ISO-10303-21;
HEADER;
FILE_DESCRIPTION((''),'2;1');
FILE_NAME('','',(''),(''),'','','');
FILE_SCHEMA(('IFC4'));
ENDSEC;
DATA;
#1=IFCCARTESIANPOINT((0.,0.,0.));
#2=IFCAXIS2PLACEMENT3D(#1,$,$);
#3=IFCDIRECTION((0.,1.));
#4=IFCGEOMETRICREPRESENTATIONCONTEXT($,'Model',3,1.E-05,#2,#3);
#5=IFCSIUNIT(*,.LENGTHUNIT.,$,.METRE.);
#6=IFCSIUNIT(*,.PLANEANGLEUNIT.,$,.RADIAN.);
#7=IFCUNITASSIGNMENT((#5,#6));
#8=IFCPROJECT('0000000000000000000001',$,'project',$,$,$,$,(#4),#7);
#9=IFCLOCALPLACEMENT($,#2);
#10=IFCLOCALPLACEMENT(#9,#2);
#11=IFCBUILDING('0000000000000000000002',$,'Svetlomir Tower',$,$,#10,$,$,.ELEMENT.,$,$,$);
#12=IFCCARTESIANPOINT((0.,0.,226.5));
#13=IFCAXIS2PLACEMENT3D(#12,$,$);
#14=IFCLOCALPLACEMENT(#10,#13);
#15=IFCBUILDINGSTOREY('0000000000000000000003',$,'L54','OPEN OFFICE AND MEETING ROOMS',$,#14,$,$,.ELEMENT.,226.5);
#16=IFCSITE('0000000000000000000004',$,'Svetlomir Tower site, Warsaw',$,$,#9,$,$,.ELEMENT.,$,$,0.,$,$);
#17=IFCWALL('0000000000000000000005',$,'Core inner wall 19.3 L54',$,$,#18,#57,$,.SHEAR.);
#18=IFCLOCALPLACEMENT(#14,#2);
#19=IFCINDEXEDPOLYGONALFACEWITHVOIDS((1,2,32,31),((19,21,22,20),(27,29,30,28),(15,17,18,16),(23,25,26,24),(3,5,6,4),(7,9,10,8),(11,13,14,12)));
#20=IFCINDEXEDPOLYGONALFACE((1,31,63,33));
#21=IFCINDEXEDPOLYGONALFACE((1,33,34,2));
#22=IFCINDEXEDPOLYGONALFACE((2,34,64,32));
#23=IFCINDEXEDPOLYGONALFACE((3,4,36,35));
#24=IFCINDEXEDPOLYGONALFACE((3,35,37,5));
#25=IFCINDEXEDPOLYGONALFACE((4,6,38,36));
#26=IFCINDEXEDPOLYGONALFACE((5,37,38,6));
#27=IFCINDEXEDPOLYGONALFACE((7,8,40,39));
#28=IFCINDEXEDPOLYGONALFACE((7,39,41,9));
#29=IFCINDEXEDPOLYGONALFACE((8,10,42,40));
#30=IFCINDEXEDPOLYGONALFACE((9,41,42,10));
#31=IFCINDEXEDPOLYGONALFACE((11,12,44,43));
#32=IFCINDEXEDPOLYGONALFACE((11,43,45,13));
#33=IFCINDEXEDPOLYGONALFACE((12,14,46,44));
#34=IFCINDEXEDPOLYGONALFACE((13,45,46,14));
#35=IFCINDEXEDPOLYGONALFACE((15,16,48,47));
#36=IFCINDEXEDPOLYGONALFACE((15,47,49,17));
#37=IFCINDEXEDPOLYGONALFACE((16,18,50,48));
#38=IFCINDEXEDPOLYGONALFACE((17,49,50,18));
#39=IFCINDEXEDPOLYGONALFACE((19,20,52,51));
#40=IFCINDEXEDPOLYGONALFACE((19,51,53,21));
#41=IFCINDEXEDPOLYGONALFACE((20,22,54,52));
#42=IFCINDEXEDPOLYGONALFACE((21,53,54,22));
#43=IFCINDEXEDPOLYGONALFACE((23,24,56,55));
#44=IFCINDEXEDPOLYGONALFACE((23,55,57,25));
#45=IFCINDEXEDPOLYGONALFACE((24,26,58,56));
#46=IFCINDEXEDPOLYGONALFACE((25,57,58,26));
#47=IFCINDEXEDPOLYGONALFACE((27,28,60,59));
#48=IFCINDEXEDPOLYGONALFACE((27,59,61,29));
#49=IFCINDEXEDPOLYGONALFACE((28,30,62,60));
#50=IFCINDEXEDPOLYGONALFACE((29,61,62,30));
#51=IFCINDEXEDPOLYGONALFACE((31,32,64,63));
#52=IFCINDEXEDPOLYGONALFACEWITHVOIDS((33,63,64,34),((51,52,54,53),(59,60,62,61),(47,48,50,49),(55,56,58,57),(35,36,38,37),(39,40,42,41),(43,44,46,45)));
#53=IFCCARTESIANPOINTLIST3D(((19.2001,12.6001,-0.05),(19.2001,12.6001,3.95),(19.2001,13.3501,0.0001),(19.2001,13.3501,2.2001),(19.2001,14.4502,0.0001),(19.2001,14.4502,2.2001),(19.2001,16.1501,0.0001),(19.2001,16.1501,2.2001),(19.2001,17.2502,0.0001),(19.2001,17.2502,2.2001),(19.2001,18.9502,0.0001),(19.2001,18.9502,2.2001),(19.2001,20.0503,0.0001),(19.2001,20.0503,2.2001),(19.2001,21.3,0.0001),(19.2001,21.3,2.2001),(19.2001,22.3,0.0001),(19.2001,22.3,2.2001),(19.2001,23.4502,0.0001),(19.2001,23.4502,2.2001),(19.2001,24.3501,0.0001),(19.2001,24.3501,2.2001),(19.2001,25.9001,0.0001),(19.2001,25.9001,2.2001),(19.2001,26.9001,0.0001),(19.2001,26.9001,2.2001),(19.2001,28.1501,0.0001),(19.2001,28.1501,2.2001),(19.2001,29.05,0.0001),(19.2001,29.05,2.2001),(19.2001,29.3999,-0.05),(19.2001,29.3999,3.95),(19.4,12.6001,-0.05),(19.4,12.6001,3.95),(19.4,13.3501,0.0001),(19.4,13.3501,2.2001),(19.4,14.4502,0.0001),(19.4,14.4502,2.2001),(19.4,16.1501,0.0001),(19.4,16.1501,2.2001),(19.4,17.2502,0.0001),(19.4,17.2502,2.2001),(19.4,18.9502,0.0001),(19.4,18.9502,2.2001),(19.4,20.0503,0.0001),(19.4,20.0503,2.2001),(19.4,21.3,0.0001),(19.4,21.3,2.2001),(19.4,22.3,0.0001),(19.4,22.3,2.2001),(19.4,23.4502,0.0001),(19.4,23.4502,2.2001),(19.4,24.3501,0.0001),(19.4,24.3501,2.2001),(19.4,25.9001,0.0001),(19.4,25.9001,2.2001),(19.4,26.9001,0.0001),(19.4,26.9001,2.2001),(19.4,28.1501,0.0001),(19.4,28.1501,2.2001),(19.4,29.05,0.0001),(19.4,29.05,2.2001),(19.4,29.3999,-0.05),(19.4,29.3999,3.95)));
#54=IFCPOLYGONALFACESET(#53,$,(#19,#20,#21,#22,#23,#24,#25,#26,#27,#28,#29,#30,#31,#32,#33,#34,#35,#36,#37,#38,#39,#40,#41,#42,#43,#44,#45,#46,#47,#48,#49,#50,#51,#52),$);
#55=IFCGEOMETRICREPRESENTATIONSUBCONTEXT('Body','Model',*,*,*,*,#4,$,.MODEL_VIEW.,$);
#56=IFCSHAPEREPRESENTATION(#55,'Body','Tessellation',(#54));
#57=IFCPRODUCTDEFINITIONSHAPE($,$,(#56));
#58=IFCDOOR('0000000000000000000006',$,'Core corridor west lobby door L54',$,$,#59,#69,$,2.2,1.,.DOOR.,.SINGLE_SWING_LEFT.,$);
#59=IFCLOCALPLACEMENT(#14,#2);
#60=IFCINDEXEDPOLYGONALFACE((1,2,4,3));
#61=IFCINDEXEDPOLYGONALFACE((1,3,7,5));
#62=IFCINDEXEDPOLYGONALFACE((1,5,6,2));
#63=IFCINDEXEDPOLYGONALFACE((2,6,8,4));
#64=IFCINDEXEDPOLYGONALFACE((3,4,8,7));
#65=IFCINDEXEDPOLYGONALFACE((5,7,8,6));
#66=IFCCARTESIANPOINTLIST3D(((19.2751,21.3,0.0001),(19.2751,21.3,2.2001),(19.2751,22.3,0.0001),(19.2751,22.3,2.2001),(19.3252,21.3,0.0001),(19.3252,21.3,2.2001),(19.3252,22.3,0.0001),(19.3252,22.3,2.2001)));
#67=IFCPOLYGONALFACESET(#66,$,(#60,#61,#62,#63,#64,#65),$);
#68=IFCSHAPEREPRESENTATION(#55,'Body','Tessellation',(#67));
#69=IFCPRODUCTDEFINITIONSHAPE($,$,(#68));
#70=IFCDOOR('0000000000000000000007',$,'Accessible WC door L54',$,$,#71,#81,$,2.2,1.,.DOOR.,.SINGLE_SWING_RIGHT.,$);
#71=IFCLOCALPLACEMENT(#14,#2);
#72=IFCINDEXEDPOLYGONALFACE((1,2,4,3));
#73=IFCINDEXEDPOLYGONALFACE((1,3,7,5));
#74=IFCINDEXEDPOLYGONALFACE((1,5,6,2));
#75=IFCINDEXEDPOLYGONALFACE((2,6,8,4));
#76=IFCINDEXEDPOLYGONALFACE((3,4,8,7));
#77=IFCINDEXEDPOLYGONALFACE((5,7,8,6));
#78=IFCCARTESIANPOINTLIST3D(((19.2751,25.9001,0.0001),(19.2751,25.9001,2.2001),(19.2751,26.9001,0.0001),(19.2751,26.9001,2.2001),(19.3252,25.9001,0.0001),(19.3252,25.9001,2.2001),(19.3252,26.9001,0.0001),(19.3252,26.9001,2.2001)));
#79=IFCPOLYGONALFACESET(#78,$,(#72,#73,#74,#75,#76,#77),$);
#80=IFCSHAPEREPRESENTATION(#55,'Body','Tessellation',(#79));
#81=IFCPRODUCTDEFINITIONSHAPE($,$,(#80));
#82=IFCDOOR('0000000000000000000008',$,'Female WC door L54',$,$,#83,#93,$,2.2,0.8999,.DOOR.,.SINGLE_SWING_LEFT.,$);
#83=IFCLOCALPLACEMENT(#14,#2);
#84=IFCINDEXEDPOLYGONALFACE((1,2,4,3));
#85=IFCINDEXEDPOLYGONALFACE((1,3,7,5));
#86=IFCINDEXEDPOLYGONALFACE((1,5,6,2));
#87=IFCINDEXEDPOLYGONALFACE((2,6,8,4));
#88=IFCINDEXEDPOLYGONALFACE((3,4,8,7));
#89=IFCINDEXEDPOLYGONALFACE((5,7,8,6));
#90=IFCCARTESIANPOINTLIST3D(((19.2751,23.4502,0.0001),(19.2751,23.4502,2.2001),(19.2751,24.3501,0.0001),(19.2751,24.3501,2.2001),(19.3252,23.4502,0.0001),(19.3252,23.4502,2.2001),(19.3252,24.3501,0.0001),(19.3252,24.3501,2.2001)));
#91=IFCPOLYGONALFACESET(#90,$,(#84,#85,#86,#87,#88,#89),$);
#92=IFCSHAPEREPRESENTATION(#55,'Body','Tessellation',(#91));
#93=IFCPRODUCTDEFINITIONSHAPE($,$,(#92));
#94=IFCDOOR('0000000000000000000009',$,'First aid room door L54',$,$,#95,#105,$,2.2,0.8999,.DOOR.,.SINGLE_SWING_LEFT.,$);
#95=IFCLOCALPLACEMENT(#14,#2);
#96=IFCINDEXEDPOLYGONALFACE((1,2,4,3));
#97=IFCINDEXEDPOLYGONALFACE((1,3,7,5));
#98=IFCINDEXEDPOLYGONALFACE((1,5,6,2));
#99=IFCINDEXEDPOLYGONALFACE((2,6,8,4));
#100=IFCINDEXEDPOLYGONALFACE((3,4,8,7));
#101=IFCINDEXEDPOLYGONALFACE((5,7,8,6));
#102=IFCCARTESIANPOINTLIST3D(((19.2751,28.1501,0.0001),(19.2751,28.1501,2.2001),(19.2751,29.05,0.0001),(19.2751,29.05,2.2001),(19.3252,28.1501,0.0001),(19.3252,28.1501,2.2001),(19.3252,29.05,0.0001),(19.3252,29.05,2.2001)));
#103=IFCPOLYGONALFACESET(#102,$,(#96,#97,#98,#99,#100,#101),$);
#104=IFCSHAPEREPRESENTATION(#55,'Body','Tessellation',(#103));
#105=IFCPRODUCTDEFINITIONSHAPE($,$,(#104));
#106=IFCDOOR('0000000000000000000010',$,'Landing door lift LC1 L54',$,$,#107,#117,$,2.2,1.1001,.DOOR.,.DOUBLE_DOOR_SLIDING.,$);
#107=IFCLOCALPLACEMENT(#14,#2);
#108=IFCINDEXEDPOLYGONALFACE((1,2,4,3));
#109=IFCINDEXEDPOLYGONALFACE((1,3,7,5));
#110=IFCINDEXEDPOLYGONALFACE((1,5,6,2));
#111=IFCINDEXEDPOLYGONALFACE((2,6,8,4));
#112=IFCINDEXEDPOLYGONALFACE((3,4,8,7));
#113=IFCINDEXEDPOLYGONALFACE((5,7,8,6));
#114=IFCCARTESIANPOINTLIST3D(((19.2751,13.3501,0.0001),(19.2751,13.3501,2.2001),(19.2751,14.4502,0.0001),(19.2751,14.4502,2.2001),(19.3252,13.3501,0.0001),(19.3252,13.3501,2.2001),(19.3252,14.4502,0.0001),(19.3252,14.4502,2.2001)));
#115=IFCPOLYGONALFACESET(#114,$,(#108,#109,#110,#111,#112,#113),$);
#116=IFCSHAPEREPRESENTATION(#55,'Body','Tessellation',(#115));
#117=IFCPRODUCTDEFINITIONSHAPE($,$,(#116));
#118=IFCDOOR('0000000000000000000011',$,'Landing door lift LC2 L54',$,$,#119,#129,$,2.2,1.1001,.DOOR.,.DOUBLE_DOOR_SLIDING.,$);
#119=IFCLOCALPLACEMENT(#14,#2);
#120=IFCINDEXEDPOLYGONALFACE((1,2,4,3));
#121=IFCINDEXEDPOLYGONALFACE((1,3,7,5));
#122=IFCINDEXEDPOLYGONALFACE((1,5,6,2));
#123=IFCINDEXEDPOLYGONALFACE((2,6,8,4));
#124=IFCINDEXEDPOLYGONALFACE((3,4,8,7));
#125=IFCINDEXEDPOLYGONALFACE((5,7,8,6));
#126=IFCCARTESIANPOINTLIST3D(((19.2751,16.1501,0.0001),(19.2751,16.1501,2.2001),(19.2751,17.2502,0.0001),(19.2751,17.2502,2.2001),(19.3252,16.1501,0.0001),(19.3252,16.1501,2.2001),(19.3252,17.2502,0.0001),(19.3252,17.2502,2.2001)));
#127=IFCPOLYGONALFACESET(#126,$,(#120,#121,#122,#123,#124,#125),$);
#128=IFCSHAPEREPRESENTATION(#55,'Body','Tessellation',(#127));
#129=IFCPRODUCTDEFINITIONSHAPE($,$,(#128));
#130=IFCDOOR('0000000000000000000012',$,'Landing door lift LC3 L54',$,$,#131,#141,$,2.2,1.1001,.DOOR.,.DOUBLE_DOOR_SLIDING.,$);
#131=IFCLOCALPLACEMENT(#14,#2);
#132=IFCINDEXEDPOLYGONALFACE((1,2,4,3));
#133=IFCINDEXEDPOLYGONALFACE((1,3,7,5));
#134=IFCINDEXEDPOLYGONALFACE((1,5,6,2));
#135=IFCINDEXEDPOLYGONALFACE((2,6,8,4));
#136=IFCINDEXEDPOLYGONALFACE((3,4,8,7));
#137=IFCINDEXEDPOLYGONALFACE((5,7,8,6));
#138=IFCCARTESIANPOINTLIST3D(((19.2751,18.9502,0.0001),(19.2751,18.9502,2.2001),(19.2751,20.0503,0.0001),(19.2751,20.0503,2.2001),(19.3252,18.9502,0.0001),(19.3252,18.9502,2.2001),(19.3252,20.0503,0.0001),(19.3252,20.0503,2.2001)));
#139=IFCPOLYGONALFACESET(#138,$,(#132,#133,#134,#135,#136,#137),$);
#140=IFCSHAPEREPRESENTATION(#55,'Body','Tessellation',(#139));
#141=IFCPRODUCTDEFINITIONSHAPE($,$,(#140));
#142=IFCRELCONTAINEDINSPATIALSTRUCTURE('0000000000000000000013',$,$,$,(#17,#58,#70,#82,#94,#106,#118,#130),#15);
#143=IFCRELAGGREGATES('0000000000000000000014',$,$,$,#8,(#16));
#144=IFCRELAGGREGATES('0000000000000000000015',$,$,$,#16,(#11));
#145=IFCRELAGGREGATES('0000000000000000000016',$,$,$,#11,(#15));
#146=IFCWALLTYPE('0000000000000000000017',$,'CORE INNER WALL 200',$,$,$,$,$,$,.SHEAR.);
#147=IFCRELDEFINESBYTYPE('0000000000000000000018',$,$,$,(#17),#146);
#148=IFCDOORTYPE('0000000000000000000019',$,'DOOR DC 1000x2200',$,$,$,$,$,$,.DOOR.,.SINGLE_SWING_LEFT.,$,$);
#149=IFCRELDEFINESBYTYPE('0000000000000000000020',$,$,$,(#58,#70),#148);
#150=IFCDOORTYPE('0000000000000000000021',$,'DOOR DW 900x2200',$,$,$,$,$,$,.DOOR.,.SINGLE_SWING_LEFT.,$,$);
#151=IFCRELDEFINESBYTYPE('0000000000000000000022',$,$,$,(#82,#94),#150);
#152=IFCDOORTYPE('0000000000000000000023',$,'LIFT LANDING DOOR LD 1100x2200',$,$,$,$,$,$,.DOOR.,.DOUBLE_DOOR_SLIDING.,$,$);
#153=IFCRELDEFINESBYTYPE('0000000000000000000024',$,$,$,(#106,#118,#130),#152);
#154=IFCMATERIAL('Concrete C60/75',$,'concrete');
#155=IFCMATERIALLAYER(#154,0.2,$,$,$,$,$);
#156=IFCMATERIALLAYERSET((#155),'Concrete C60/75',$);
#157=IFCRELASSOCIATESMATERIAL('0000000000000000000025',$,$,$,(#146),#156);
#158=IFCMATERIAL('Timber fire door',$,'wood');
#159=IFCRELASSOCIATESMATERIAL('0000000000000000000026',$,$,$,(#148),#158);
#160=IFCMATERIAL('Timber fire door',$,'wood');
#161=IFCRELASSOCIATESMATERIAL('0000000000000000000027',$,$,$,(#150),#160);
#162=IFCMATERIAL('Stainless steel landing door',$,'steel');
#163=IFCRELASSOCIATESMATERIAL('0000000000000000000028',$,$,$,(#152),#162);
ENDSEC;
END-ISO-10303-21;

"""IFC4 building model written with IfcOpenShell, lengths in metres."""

from ifc_helpers import new_model, si_unit, direction, frame, frame_2d, origin, place, context, subcontext, project, spatial, rectangle, extrude, material, layer, layer_set, type_object, element, fill, save


model = new_model("IFC4")

# Units and contexts
model_context = context("Model", 3, precision=1e-05, world=origin(), true_north=direction((0.0, 1.0)))
body_context = subcontext(model_context, "Body", "Model", "MODEL_VIEW")
ifc_project = project(units=[si_unit("LENGTHUNIT", "METRE"), si_unit("PLANEANGLEUNIT", "RADIAN")], contexts=[model_context])

# Site, building, storey
site_placement = place(None, origin())
site = spatial("IfcSite", under=ifc_project, at=site_placement, Name="Svetlomir Tower site, Warsaw", CompositionType="ELEMENT", RefElevation=0.0)
building_placement = place(site_placement, origin())
building = spatial("IfcBuilding", under=site, at=building_placement, Name="Svetlomir Tower", CompositionType="ELEMENT")
storey_placement = place(building_placement, frame((0.0, 0.0, 226.5)))
storey = spatial("IfcBuildingStorey", under=building, at=storey_placement, Name="L54", Description="OPEN OFFICE AND MEETING ROOMS", CompositionType="ELEMENT", Elevation=226.5)

# Wall, openings, doors
ifc_material_1 = material(Name="Concrete C60/75", Category="concrete")
ifc_layer_1 = layer(ifc_material_1, 0.2)
ifc_layer_set_1 = layer_set([ifc_layer_1], Name="Concrete C60/75")
wall_type_1 = type_object("IfcWallType", Name="CORE INNER WALL 200", PredefinedType="SHEAR", material=ifc_layer_set_1)
wall_1_placement = place(storey_placement, frame((19.3, 12.6001, -0.05), z_axis=(0.0, 0.0, 1.0), x_axis=(0.0, 1.0, 0.0)))
wall_1 = element("IfcWall", 1, at=wall_1_placement, inside=storey, type_object=wall_type_1, Name="Core inner wall 19.3 L54", PredefinedType="SHEAR", context=body_context, shape_type="SweptSolid", body=[
    extrude(rectangle(XDim=16.7998, YDim=0.2, at=frame_2d((8.3999, 0.0))), origin(), (0.0, 0.0, 1.0), 4.0),
])
opening_1_placement = place(wall_1_placement, frame((8.7, 0.0, 0.05)))
opening_1 = element("IfcOpeningElement", 2, at=opening_1_placement, cuts=wall_1, PredefinedType="OPENING", context=body_context, shape_type="SweptSolid", body=[
    extrude(rectangle(XDim=1.0, YDim=2.2, at=frame_2d((0.5, 1.1001))), frame((0.0, 0.1099, 0.0), z_axis=(0.0, -1.0, 0.0), x_axis=(1.0, 0.0, 0.0)), (0.0, 0.0, 1.0), 0.22),
])
opening_2_placement = place(wall_1_placement, frame((10.8501, 0.0, 0.05)))
opening_2 = element("IfcOpeningElement", 3, at=opening_2_placement, cuts=wall_1, PredefinedType="OPENING", context=body_context, shape_type="SweptSolid", body=[
    extrude(rectangle(XDim=0.8999, YDim=2.2, at=frame_2d((0.45, 1.1001))), frame((0.0, 0.1099, 0.0), z_axis=(0.0, -1.0, 0.0), x_axis=(1.0, 0.0, 0.0)), (0.0, 0.0, 1.0), 0.22),
])
opening_3_placement = place(wall_1_placement, frame((13.3, 0.0, 0.05)))
opening_3 = element("IfcOpeningElement", 4, at=opening_3_placement, cuts=wall_1, PredefinedType="OPENING", context=body_context, shape_type="SweptSolid", body=[
    extrude(rectangle(XDim=1.0, YDim=2.2, at=frame_2d((0.5, 1.1001))), frame((0.0, 0.1099, 0.0), z_axis=(0.0, -1.0, 0.0), x_axis=(1.0, 0.0, 0.0)), (0.0, 0.0, 1.0), 0.22),
])
opening_4_placement = place(wall_1_placement, frame((15.55, 0.0, 0.05)))
opening_4 = element("IfcOpeningElement", 5, at=opening_4_placement, cuts=wall_1, PredefinedType="OPENING", context=body_context, shape_type="SweptSolid", body=[
    extrude(rectangle(XDim=0.8999, YDim=2.2, at=frame_2d((0.45, 1.1001))), frame((0.0, 0.1099, 0.0), z_axis=(0.0, -1.0, 0.0), x_axis=(1.0, 0.0, 0.0)), (0.0, 0.0, 1.0), 0.22),
])
opening_5_placement = place(wall_1_placement, frame((0.75, 0.0, 0.05)))
opening_5 = element("IfcOpeningElement", 6, at=opening_5_placement, cuts=wall_1, PredefinedType="OPENING", context=body_context, shape_type="SweptSolid", body=[
    extrude(rectangle(XDim=1.1001, YDim=2.2, at=frame_2d((0.55, 1.1001))), frame((0.0, 0.1099, 0.0), z_axis=(0.0, -1.0, 0.0), x_axis=(1.0, 0.0, 0.0)), (0.0, 0.0, 1.0), 0.22),
])
opening_6_placement = place(wall_1_placement, frame((3.55, 0.0, 0.05)))
opening_6 = element("IfcOpeningElement", 7, at=opening_6_placement, cuts=wall_1, PredefinedType="OPENING", context=body_context, shape_type="SweptSolid", body=[
    extrude(rectangle(XDim=1.1001, YDim=2.2, at=frame_2d((0.55, 1.1001))), frame((0.0, 0.1099, 0.0), z_axis=(0.0, -1.0, 0.0), x_axis=(1.0, 0.0, 0.0)), (0.0, 0.0, 1.0), 0.22),
])
opening_7_placement = place(wall_1_placement, frame((6.3501, 0.0, 0.05)))
opening_7 = element("IfcOpeningElement", 8, at=opening_7_placement, cuts=wall_1, PredefinedType="OPENING", context=body_context, shape_type="SweptSolid", body=[
    extrude(rectangle(XDim=1.1001, YDim=2.2, at=frame_2d((0.55, 1.1001))), frame((0.0, 0.1099, 0.0), z_axis=(0.0, -1.0, 0.0), x_axis=(1.0, 0.0, 0.0)), (0.0, 0.0, 1.0), 0.22),
])
ifc_material_2 = material(Name="Timber fire door", Category="wood")
door_type_1 = type_object("IfcDoorType", Name="DOOR DC 1000x2200", OperationType="SINGLE_SWING_LEFT", PredefinedType="DOOR", material=ifc_material_2)
door_1_placement = place(opening_1_placement, origin())
door_1 = element("IfcDoor", 9, at=door_1_placement, inside=storey, type_object=door_type_1, Name="Core corridor west lobby door L54", OperationType="SINGLE_SWING_LEFT", OverallHeight=2.2, OverallWidth=1.0, PredefinedType="DOOR", context=body_context, shape_type="SweptSolid", body=[
    extrude(rectangle(XDim=1.0, YDim=2.2, at=frame_2d((0.5, 1.1001))), frame((0.0, 0.0249, 0.0), z_axis=(0.0, -1.0, 0.0), x_axis=(1.0, 0.0, 0.0)), (0.0, 0.0, 1.0), 0.05),
])
fill(opening_1, door_1)
door_2_placement = place(opening_3_placement, origin())
door_2 = element("IfcDoor", 10, at=door_2_placement, inside=storey, type_object=door_type_1, Name="Accessible WC door L54", OperationType="SINGLE_SWING_RIGHT", OverallHeight=2.2, OverallWidth=1.0, PredefinedType="DOOR", context=body_context, shape_type="SweptSolid", body=[
    extrude(rectangle(XDim=1.0, YDim=2.2, at=frame_2d((0.5, 1.1001))), frame((0.0, 0.0249, 0.0), z_axis=(0.0, -1.0, 0.0), x_axis=(1.0, 0.0, 0.0)), (0.0, 0.0, 1.0), 0.05),
])
fill(opening_3, door_2)
ifc_material_3 = material(Name="Timber fire door", Category="wood")
door_type_2 = type_object("IfcDoorType", Name="DOOR DW 900x2200", OperationType="SINGLE_SWING_LEFT", PredefinedType="DOOR", material=ifc_material_3)
door_3_placement = place(opening_2_placement, origin())
door_3 = element("IfcDoor", 11, at=door_3_placement, inside=storey, type_object=door_type_2, Name="Female WC door L54", OperationType="SINGLE_SWING_LEFT", OverallHeight=2.2, OverallWidth=0.8999, PredefinedType="DOOR", context=body_context, shape_type="SweptSolid", body=[
    extrude(rectangle(XDim=0.8999, YDim=2.2, at=frame_2d((0.45, 1.1001))), frame((0.0, 0.0249, 0.0), z_axis=(0.0, -1.0, 0.0), x_axis=(1.0, 0.0, 0.0)), (0.0, 0.0, 1.0), 0.05),
])
fill(opening_2, door_3)
door_4_placement = place(opening_4_placement, origin())
door_4 = element("IfcDoor", 12, at=door_4_placement, inside=storey, type_object=door_type_2, Name="First aid room door L54", OperationType="SINGLE_SWING_LEFT", OverallHeight=2.2, OverallWidth=0.8999, PredefinedType="DOOR", context=body_context, shape_type="SweptSolid", body=[
    extrude(rectangle(XDim=0.8999, YDim=2.2, at=frame_2d((0.45, 1.1001))), frame((0.0, 0.0249, 0.0), z_axis=(0.0, -1.0, 0.0), x_axis=(1.0, 0.0, 0.0)), (0.0, 0.0, 1.0), 0.05),
])
fill(opening_4, door_4)
ifc_material_4 = material(Name="Stainless steel landing door", Category="steel")
door_type_3 = type_object("IfcDoorType", Name="LIFT LANDING DOOR LD 1100x2200", OperationType="DOUBLE_DOOR_SLIDING", PredefinedType="DOOR", material=ifc_material_4)
door_5_placement = place(opening_5_placement, origin())
door_5 = element("IfcDoor", 13, at=door_5_placement, inside=storey, type_object=door_type_3, Name="Landing door lift LC1 L54", OperationType="DOUBLE_DOOR_SLIDING", OverallHeight=2.2, OverallWidth=1.1001, PredefinedType="DOOR", context=body_context, shape_type="SweptSolid", body=[
    extrude(rectangle(XDim=1.1001, YDim=2.2, at=frame_2d((0.55, 1.1001))), frame((0.0, 0.0249, 0.0), z_axis=(0.0, -1.0, 0.0), x_axis=(1.0, 0.0, 0.0)), (0.0, 0.0, 1.0), 0.05),
])
fill(opening_5, door_5)
door_6_placement = place(opening_6_placement, origin())
door_6 = element("IfcDoor", 14, at=door_6_placement, inside=storey, type_object=door_type_3, Name="Landing door lift LC2 L54", OperationType="DOUBLE_DOOR_SLIDING", OverallHeight=2.2, OverallWidth=1.1001, PredefinedType="DOOR", context=body_context, shape_type="SweptSolid", body=[
    extrude(rectangle(XDim=1.1001, YDim=2.2, at=frame_2d((0.55, 1.1001))), frame((0.0, 0.0249, 0.0), z_axis=(0.0, -1.0, 0.0), x_axis=(1.0, 0.0, 0.0)), (0.0, 0.0, 1.0), 0.05),
])
fill(opening_6, door_6)
door_7_placement = place(opening_7_placement, origin())
door_7 = element("IfcDoor", 15, at=door_7_placement, inside=storey, type_object=door_type_3, Name="Landing door lift LC3 L54", OperationType="DOUBLE_DOOR_SLIDING", OverallHeight=2.2, OverallWidth=1.1001, PredefinedType="DOOR", context=body_context, shape_type="SweptSolid", body=[
    extrude(rectangle(XDim=1.1001, YDim=2.2, at=frame_2d((0.55, 1.1001))), frame((0.0, 0.0249, 0.0), z_axis=(0.0, -1.0, 0.0), x_axis=(1.0, 0.0, 0.0)), (0.0, 0.0, 1.0), 0.05),
])
fill(opening_7, door_7)

save(model, "model.ifc")
